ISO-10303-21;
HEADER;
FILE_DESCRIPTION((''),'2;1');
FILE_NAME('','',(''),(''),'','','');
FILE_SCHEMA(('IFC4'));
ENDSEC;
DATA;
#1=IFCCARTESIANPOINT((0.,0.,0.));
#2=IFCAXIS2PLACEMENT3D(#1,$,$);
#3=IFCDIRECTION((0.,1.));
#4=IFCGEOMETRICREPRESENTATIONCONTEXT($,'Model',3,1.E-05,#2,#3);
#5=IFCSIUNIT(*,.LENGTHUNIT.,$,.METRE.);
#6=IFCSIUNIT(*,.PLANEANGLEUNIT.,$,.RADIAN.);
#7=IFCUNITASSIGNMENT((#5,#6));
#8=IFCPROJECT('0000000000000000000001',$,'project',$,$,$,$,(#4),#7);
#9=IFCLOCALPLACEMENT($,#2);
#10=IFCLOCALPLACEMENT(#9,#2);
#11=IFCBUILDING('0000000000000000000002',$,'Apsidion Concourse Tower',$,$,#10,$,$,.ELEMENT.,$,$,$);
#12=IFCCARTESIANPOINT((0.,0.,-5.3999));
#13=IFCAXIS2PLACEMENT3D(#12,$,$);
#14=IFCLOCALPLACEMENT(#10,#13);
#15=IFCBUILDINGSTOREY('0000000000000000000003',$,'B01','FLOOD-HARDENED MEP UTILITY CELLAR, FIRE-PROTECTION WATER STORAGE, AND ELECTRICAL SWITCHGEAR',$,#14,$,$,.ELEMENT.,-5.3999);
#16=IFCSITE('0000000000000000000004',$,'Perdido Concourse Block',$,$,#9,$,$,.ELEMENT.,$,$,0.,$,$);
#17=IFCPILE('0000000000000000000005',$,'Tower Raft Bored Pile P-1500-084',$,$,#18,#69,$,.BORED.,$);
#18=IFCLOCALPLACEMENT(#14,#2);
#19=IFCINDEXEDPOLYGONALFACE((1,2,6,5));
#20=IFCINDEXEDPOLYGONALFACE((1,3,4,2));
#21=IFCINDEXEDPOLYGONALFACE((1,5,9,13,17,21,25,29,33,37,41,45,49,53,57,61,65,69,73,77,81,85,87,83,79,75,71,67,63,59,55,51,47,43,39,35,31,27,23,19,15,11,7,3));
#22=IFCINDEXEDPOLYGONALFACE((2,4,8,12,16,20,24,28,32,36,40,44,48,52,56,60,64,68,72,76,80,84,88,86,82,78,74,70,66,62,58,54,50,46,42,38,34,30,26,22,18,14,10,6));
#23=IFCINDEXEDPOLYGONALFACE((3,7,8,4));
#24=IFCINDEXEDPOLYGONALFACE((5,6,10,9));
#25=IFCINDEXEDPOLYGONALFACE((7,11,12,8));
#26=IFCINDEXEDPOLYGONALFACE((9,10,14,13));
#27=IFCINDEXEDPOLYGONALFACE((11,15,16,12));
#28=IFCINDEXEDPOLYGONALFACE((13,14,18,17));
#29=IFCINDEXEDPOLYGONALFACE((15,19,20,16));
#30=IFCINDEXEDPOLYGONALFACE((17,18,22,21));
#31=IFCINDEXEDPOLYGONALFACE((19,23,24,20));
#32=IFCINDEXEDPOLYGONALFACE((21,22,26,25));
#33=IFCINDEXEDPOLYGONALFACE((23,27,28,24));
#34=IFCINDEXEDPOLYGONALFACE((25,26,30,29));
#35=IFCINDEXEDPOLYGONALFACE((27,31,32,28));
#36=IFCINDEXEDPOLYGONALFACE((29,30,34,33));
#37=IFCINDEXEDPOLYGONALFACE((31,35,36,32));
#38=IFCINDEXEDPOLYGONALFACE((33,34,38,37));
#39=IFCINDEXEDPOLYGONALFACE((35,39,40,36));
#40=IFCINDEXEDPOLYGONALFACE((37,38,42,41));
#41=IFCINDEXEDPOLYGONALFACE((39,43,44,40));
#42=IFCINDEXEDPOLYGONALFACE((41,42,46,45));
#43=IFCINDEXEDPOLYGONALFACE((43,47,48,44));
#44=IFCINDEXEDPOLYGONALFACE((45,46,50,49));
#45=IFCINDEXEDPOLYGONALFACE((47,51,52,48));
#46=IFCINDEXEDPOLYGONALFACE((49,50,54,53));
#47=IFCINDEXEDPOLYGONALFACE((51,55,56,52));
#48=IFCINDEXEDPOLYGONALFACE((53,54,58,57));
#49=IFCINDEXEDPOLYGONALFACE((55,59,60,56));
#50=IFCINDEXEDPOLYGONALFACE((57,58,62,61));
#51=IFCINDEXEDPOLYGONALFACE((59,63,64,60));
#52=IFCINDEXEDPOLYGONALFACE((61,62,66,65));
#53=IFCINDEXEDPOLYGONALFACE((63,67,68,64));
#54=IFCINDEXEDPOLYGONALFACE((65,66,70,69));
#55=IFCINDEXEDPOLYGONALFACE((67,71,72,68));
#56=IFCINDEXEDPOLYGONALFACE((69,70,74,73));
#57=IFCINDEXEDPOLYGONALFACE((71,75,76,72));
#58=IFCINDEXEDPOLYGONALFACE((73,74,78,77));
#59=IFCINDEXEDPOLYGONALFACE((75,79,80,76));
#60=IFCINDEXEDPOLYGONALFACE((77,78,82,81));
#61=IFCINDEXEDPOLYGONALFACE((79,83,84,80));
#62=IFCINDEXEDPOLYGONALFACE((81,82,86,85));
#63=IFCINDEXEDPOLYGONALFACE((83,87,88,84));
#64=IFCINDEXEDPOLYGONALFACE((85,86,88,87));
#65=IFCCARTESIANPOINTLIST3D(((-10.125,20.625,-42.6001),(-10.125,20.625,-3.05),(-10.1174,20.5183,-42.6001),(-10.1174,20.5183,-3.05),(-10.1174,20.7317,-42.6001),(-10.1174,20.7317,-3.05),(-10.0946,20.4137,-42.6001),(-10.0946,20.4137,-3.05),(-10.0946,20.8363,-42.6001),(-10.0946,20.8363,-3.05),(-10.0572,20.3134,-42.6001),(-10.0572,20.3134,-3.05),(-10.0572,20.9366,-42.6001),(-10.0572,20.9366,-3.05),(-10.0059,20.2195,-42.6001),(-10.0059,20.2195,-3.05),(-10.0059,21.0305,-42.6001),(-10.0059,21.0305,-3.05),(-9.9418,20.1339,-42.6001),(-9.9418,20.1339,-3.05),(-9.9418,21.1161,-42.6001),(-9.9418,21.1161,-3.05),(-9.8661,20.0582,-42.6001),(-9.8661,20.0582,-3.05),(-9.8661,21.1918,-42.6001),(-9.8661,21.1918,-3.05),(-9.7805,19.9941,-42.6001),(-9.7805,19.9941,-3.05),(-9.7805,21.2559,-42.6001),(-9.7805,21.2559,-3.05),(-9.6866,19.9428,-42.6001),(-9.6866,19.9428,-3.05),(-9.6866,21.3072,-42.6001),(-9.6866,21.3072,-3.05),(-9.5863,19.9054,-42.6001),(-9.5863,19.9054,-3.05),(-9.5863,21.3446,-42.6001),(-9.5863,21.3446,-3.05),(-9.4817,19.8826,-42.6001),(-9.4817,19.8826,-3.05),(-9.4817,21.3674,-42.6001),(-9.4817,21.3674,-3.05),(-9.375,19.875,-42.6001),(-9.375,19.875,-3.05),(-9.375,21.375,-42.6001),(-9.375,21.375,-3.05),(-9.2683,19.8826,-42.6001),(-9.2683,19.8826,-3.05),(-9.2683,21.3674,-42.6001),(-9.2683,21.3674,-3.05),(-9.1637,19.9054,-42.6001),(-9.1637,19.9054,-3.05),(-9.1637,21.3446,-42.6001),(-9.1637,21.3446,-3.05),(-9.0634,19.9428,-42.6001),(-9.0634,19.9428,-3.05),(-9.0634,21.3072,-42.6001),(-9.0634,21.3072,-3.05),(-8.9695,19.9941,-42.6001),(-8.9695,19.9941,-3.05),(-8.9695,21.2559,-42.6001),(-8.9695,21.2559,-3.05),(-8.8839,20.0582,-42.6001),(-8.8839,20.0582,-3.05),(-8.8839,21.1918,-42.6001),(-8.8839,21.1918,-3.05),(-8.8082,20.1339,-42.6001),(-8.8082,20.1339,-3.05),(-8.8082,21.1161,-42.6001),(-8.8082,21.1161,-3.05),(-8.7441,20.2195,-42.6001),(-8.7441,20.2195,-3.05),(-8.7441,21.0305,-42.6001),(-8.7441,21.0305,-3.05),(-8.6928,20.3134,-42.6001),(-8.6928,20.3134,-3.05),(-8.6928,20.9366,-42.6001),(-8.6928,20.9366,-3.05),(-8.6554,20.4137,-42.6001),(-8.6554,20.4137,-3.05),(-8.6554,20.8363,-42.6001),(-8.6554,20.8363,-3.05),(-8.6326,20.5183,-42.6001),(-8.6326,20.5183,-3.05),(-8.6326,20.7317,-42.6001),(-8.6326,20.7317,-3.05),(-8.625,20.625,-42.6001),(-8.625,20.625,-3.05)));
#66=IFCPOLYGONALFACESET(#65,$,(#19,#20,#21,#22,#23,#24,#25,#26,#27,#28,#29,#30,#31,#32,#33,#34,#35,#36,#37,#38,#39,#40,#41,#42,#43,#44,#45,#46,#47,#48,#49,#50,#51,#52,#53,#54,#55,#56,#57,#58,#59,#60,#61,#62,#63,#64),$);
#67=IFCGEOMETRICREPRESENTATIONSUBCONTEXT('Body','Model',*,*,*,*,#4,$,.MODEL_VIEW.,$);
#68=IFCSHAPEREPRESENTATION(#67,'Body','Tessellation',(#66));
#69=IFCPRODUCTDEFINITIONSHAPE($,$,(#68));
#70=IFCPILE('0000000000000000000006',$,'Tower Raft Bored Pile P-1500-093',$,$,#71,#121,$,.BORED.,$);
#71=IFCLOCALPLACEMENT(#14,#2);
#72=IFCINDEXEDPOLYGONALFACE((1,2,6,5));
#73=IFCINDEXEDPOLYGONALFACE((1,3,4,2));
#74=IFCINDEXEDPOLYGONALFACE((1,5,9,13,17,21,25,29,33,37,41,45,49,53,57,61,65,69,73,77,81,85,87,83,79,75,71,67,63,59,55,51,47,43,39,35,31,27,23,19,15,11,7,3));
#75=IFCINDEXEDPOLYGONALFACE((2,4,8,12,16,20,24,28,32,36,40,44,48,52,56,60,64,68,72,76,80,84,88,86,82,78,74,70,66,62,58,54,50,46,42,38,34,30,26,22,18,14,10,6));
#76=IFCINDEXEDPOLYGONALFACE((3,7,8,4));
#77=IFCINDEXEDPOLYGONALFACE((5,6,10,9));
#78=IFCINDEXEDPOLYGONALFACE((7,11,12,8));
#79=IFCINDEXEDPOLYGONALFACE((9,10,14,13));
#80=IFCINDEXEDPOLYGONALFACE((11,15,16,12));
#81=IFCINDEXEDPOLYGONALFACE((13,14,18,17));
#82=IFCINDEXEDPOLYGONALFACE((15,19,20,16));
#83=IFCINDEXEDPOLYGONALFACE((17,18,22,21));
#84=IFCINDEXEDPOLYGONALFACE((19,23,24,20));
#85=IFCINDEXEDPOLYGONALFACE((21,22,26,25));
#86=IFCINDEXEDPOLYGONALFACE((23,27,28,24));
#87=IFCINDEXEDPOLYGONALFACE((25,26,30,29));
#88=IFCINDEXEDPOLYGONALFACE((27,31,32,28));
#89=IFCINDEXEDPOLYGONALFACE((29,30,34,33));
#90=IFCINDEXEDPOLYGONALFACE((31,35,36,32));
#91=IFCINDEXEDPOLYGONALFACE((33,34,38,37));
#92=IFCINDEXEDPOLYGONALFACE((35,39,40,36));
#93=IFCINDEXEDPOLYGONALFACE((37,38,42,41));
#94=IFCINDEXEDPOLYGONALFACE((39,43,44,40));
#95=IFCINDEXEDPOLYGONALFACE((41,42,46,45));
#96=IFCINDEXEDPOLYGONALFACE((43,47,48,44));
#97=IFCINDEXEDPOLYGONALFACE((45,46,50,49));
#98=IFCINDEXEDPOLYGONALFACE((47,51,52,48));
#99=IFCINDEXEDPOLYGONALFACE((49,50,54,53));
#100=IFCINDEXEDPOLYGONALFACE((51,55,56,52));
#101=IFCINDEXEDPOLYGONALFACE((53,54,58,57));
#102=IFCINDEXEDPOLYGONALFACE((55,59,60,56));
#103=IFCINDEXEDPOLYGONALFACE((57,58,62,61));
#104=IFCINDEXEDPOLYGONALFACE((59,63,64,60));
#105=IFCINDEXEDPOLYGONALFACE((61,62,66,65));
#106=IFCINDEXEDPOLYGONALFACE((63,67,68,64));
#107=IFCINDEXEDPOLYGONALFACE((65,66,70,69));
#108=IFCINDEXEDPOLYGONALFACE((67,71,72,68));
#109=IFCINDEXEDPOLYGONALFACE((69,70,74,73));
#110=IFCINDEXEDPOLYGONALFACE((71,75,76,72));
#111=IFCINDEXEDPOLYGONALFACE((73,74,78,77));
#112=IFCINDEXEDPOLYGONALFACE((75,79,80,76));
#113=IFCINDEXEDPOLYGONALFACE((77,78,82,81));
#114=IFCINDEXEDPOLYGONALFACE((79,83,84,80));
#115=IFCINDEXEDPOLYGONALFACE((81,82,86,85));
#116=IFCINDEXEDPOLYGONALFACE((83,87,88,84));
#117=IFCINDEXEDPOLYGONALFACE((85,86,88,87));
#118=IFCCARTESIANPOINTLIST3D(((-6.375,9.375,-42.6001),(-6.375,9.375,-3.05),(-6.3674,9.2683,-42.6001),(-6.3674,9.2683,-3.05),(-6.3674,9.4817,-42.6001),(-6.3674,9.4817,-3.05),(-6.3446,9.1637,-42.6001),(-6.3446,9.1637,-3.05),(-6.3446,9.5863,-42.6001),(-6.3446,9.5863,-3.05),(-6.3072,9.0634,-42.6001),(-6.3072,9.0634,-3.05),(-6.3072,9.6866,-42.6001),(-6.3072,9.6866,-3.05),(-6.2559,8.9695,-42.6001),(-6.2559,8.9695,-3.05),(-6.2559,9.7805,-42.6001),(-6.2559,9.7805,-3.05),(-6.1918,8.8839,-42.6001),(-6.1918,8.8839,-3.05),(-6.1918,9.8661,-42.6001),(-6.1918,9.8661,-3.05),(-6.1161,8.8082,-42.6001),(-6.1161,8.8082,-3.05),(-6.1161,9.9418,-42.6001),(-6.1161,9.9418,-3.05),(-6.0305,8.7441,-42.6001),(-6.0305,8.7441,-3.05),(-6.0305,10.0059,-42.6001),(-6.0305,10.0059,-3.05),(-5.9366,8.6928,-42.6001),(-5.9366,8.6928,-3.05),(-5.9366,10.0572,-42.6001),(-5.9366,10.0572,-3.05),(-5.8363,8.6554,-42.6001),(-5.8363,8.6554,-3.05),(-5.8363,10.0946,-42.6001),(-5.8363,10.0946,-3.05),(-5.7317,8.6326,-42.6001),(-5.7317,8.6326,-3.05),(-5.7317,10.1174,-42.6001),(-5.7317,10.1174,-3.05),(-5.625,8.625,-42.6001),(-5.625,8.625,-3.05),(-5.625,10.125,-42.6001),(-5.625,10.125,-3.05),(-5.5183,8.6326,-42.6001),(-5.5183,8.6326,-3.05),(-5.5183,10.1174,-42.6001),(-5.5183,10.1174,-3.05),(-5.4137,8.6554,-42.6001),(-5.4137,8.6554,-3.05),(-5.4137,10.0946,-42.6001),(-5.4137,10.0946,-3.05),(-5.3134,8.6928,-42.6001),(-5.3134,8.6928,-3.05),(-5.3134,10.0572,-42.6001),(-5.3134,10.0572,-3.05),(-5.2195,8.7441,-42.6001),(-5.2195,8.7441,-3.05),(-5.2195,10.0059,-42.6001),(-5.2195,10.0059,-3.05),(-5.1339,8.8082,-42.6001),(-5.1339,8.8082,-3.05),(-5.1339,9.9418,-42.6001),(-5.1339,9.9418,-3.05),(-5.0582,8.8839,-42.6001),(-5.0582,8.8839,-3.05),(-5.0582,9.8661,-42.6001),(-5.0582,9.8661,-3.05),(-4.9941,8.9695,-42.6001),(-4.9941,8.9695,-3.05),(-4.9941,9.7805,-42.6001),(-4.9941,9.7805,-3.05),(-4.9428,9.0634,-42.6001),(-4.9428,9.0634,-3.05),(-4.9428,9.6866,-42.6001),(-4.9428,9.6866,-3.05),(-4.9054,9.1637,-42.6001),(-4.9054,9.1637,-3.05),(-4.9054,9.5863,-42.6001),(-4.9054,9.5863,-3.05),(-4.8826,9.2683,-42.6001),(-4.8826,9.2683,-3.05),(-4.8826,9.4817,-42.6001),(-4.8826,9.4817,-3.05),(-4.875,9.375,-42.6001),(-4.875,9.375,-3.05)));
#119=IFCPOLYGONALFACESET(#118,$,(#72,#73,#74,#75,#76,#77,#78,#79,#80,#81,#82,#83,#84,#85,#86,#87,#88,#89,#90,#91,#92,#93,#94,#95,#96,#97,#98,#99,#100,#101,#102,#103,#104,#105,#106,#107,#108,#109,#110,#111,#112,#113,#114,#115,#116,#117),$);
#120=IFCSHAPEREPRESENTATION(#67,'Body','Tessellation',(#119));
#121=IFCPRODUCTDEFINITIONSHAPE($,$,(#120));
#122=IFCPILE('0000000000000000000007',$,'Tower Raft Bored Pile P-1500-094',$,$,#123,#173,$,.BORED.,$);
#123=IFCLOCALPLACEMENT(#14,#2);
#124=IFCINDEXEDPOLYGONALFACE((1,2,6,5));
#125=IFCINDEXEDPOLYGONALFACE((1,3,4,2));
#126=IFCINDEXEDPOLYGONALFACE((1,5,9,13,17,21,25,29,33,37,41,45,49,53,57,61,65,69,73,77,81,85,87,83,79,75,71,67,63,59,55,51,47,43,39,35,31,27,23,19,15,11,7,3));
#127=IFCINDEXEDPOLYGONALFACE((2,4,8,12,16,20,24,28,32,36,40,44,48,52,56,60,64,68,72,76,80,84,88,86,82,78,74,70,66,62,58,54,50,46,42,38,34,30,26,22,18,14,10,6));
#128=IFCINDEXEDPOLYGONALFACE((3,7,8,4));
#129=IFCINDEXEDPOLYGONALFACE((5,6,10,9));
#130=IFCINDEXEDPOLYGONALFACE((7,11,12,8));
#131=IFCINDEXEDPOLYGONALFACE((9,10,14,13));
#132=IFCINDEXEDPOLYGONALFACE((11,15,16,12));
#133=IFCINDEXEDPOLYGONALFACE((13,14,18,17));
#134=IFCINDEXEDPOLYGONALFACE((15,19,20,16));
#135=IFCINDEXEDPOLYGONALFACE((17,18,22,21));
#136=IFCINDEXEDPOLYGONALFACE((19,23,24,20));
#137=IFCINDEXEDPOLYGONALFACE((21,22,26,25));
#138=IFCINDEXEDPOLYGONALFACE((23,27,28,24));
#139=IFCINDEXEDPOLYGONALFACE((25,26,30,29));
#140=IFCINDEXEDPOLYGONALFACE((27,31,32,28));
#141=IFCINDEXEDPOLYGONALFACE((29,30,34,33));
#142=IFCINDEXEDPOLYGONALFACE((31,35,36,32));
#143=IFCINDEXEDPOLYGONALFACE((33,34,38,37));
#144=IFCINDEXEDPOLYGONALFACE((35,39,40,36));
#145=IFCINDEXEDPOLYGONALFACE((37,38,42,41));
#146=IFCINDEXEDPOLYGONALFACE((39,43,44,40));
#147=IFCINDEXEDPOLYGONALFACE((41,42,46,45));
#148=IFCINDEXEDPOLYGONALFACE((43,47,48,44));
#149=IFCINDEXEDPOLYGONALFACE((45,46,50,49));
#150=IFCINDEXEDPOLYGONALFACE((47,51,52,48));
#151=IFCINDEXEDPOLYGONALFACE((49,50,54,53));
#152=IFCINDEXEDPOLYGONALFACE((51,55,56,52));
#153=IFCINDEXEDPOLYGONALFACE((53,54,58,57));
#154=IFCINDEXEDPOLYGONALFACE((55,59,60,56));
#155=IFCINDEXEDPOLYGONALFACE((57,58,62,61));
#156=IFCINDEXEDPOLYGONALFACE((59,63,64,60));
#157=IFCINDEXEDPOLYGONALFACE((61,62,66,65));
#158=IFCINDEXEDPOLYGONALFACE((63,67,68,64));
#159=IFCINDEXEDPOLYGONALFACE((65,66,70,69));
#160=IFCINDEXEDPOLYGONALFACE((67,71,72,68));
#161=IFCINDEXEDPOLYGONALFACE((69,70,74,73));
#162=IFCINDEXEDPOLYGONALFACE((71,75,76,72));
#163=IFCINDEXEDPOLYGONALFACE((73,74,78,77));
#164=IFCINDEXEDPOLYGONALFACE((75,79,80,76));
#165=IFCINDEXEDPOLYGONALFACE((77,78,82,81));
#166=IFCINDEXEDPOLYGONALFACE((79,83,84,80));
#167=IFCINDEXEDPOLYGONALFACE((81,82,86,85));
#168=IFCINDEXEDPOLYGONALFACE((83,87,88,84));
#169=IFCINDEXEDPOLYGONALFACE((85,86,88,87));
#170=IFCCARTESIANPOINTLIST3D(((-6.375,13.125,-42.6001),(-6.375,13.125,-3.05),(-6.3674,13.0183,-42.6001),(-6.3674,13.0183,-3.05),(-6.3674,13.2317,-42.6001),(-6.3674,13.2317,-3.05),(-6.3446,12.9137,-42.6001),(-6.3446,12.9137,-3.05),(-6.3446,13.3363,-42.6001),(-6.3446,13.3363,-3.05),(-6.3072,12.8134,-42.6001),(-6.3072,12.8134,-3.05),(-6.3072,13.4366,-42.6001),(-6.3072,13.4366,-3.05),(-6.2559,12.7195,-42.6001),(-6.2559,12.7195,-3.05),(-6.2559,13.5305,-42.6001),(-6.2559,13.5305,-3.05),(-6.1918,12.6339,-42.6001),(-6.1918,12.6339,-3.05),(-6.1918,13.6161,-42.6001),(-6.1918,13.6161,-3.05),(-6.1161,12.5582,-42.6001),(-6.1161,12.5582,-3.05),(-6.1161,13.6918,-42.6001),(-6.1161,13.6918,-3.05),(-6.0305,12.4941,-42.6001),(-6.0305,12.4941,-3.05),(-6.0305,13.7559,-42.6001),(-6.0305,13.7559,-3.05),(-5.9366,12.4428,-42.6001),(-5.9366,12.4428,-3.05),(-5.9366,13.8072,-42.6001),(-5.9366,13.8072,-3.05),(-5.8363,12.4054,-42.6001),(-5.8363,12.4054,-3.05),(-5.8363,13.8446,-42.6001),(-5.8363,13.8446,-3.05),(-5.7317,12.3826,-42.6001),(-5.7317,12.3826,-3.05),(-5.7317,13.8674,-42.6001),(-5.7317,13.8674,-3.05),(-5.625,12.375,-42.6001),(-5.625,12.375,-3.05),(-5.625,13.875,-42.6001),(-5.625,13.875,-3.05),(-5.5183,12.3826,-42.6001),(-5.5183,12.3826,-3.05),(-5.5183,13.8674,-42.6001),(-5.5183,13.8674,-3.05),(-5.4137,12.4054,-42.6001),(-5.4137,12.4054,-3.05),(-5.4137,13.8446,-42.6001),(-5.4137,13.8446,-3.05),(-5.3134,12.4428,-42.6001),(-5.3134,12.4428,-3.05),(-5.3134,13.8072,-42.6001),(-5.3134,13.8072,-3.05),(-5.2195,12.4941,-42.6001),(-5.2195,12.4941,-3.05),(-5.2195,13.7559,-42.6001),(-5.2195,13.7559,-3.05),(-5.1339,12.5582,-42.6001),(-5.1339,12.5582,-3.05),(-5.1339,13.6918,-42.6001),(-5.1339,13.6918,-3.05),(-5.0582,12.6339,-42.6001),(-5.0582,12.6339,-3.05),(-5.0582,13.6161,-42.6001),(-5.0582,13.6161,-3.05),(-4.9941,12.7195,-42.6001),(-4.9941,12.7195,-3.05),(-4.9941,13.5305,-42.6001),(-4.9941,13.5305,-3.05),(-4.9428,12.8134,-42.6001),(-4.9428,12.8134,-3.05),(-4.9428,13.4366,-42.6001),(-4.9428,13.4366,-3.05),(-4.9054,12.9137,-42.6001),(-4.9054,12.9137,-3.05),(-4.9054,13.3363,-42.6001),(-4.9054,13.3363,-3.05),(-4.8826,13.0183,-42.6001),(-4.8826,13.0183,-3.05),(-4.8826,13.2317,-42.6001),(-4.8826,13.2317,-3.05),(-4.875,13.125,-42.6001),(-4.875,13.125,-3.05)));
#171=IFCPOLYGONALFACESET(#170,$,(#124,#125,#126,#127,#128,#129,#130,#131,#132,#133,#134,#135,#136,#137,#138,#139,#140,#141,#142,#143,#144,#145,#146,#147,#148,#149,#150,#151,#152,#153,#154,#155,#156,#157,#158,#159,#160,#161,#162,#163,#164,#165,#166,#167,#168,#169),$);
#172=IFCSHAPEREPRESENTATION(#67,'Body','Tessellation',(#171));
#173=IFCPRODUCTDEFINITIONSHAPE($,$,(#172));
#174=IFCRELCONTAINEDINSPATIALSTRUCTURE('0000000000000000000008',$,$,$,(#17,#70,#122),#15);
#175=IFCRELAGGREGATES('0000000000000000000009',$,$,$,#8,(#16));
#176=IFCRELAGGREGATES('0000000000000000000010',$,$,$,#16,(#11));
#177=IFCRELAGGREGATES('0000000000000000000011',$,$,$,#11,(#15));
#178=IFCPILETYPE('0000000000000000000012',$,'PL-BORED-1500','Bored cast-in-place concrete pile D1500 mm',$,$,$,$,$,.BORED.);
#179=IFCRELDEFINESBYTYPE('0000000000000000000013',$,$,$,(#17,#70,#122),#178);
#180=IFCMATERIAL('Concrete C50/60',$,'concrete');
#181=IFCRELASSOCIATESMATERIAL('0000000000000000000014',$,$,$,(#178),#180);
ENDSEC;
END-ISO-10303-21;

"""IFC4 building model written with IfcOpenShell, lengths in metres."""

from ifc_helpers import new_model, si_unit, direction, frame, origin, origin_2d, place, context, subcontext, project, spatial, circle, extrude, material, material_profile, profile_set, type_object, element, save


model = new_model("IFC4")

# Units and contexts
model_context = context("Model", 3, precision=1e-05, world=origin(), true_north=direction((0.0, 1.0)))
body_context = subcontext(model_context, "Body", "Model", "MODEL_VIEW")
ifc_project = project(units=[si_unit("LENGTHUNIT", "METRE"), si_unit("PLANEANGLEUNIT", "RADIAN")], contexts=[model_context])

# Site, building, storey
site_placement = place(None, origin())
site = spatial("IfcSite", under=ifc_project, at=site_placement, Name="Perdido Concourse Block", CompositionType="ELEMENT", RefElevation=0.0)
building_placement = place(site_placement, origin())
building = spatial("IfcBuilding", under=site, at=building_placement, Name="Apsidion Concourse Tower", CompositionType="ELEMENT")
storey_placement = place(building_placement, frame((0.0, 0.0, -5.3999)))
storey = spatial("IfcBuildingStorey", under=building, at=storey_placement, Name="B01", Description="FLOOD-HARDENED MEP UTILITY CELLAR, FIRE-PROTECTION WATER STORAGE, AND ELECTRICAL SWITCHGEAR", CompositionType="ELEMENT", Elevation=-5.3999)

# Shared definitions
ifc_material_1 = material(Name="Concrete C50/60", Category="concrete")

# Piles
ifc_material_profile_1 = material_profile(ifc_material_1, circle(Radius=0.75, at=origin_2d()), Name="BORED PILE D1500")
ifc_profile_set_1 = profile_set([ifc_material_profile_1], Name="Concrete C50/60")
pile_type_1 = type_object("IfcPileType", Name="PL-BORED-1500", Description="Bored cast-in-place concrete pile D1500 mm", PredefinedType="BORED", material=ifc_profile_set_1)
for number, where, z_axis, x_axis, name in (
    (1, (-9.375, 20.625, -3.05), (0.0, 0.0, -1.0), (1.0, 0.0, 0.0), "Tower Raft Bored Pile P-1500-084"),
    (2, (-5.625, 9.375, -3.05), (0.0, 0.0, -1.0), (1.0, 0.0, 0.0), "Tower Raft Bored Pile P-1500-093"),
    (3, (-5.625, 13.125, -3.05), (0.0, 0.0, -1.0), (1.0, 0.0, 0.0), "Tower Raft Bored Pile P-1500-094"),
):
    element("IfcPile", number, at=place(storey_placement, frame(where, z_axis=z_axis, x_axis=x_axis)), inside=storey, type_object=pile_type_1, Name=name, PredefinedType="BORED", context=body_context, shape_type="SweptSolid", body=[
        extrude(circle(Radius=0.75, at=origin_2d()), origin(), (0.0, 0.0, 1.0), 39.55),
    ])

save(model, "model.ifc")
